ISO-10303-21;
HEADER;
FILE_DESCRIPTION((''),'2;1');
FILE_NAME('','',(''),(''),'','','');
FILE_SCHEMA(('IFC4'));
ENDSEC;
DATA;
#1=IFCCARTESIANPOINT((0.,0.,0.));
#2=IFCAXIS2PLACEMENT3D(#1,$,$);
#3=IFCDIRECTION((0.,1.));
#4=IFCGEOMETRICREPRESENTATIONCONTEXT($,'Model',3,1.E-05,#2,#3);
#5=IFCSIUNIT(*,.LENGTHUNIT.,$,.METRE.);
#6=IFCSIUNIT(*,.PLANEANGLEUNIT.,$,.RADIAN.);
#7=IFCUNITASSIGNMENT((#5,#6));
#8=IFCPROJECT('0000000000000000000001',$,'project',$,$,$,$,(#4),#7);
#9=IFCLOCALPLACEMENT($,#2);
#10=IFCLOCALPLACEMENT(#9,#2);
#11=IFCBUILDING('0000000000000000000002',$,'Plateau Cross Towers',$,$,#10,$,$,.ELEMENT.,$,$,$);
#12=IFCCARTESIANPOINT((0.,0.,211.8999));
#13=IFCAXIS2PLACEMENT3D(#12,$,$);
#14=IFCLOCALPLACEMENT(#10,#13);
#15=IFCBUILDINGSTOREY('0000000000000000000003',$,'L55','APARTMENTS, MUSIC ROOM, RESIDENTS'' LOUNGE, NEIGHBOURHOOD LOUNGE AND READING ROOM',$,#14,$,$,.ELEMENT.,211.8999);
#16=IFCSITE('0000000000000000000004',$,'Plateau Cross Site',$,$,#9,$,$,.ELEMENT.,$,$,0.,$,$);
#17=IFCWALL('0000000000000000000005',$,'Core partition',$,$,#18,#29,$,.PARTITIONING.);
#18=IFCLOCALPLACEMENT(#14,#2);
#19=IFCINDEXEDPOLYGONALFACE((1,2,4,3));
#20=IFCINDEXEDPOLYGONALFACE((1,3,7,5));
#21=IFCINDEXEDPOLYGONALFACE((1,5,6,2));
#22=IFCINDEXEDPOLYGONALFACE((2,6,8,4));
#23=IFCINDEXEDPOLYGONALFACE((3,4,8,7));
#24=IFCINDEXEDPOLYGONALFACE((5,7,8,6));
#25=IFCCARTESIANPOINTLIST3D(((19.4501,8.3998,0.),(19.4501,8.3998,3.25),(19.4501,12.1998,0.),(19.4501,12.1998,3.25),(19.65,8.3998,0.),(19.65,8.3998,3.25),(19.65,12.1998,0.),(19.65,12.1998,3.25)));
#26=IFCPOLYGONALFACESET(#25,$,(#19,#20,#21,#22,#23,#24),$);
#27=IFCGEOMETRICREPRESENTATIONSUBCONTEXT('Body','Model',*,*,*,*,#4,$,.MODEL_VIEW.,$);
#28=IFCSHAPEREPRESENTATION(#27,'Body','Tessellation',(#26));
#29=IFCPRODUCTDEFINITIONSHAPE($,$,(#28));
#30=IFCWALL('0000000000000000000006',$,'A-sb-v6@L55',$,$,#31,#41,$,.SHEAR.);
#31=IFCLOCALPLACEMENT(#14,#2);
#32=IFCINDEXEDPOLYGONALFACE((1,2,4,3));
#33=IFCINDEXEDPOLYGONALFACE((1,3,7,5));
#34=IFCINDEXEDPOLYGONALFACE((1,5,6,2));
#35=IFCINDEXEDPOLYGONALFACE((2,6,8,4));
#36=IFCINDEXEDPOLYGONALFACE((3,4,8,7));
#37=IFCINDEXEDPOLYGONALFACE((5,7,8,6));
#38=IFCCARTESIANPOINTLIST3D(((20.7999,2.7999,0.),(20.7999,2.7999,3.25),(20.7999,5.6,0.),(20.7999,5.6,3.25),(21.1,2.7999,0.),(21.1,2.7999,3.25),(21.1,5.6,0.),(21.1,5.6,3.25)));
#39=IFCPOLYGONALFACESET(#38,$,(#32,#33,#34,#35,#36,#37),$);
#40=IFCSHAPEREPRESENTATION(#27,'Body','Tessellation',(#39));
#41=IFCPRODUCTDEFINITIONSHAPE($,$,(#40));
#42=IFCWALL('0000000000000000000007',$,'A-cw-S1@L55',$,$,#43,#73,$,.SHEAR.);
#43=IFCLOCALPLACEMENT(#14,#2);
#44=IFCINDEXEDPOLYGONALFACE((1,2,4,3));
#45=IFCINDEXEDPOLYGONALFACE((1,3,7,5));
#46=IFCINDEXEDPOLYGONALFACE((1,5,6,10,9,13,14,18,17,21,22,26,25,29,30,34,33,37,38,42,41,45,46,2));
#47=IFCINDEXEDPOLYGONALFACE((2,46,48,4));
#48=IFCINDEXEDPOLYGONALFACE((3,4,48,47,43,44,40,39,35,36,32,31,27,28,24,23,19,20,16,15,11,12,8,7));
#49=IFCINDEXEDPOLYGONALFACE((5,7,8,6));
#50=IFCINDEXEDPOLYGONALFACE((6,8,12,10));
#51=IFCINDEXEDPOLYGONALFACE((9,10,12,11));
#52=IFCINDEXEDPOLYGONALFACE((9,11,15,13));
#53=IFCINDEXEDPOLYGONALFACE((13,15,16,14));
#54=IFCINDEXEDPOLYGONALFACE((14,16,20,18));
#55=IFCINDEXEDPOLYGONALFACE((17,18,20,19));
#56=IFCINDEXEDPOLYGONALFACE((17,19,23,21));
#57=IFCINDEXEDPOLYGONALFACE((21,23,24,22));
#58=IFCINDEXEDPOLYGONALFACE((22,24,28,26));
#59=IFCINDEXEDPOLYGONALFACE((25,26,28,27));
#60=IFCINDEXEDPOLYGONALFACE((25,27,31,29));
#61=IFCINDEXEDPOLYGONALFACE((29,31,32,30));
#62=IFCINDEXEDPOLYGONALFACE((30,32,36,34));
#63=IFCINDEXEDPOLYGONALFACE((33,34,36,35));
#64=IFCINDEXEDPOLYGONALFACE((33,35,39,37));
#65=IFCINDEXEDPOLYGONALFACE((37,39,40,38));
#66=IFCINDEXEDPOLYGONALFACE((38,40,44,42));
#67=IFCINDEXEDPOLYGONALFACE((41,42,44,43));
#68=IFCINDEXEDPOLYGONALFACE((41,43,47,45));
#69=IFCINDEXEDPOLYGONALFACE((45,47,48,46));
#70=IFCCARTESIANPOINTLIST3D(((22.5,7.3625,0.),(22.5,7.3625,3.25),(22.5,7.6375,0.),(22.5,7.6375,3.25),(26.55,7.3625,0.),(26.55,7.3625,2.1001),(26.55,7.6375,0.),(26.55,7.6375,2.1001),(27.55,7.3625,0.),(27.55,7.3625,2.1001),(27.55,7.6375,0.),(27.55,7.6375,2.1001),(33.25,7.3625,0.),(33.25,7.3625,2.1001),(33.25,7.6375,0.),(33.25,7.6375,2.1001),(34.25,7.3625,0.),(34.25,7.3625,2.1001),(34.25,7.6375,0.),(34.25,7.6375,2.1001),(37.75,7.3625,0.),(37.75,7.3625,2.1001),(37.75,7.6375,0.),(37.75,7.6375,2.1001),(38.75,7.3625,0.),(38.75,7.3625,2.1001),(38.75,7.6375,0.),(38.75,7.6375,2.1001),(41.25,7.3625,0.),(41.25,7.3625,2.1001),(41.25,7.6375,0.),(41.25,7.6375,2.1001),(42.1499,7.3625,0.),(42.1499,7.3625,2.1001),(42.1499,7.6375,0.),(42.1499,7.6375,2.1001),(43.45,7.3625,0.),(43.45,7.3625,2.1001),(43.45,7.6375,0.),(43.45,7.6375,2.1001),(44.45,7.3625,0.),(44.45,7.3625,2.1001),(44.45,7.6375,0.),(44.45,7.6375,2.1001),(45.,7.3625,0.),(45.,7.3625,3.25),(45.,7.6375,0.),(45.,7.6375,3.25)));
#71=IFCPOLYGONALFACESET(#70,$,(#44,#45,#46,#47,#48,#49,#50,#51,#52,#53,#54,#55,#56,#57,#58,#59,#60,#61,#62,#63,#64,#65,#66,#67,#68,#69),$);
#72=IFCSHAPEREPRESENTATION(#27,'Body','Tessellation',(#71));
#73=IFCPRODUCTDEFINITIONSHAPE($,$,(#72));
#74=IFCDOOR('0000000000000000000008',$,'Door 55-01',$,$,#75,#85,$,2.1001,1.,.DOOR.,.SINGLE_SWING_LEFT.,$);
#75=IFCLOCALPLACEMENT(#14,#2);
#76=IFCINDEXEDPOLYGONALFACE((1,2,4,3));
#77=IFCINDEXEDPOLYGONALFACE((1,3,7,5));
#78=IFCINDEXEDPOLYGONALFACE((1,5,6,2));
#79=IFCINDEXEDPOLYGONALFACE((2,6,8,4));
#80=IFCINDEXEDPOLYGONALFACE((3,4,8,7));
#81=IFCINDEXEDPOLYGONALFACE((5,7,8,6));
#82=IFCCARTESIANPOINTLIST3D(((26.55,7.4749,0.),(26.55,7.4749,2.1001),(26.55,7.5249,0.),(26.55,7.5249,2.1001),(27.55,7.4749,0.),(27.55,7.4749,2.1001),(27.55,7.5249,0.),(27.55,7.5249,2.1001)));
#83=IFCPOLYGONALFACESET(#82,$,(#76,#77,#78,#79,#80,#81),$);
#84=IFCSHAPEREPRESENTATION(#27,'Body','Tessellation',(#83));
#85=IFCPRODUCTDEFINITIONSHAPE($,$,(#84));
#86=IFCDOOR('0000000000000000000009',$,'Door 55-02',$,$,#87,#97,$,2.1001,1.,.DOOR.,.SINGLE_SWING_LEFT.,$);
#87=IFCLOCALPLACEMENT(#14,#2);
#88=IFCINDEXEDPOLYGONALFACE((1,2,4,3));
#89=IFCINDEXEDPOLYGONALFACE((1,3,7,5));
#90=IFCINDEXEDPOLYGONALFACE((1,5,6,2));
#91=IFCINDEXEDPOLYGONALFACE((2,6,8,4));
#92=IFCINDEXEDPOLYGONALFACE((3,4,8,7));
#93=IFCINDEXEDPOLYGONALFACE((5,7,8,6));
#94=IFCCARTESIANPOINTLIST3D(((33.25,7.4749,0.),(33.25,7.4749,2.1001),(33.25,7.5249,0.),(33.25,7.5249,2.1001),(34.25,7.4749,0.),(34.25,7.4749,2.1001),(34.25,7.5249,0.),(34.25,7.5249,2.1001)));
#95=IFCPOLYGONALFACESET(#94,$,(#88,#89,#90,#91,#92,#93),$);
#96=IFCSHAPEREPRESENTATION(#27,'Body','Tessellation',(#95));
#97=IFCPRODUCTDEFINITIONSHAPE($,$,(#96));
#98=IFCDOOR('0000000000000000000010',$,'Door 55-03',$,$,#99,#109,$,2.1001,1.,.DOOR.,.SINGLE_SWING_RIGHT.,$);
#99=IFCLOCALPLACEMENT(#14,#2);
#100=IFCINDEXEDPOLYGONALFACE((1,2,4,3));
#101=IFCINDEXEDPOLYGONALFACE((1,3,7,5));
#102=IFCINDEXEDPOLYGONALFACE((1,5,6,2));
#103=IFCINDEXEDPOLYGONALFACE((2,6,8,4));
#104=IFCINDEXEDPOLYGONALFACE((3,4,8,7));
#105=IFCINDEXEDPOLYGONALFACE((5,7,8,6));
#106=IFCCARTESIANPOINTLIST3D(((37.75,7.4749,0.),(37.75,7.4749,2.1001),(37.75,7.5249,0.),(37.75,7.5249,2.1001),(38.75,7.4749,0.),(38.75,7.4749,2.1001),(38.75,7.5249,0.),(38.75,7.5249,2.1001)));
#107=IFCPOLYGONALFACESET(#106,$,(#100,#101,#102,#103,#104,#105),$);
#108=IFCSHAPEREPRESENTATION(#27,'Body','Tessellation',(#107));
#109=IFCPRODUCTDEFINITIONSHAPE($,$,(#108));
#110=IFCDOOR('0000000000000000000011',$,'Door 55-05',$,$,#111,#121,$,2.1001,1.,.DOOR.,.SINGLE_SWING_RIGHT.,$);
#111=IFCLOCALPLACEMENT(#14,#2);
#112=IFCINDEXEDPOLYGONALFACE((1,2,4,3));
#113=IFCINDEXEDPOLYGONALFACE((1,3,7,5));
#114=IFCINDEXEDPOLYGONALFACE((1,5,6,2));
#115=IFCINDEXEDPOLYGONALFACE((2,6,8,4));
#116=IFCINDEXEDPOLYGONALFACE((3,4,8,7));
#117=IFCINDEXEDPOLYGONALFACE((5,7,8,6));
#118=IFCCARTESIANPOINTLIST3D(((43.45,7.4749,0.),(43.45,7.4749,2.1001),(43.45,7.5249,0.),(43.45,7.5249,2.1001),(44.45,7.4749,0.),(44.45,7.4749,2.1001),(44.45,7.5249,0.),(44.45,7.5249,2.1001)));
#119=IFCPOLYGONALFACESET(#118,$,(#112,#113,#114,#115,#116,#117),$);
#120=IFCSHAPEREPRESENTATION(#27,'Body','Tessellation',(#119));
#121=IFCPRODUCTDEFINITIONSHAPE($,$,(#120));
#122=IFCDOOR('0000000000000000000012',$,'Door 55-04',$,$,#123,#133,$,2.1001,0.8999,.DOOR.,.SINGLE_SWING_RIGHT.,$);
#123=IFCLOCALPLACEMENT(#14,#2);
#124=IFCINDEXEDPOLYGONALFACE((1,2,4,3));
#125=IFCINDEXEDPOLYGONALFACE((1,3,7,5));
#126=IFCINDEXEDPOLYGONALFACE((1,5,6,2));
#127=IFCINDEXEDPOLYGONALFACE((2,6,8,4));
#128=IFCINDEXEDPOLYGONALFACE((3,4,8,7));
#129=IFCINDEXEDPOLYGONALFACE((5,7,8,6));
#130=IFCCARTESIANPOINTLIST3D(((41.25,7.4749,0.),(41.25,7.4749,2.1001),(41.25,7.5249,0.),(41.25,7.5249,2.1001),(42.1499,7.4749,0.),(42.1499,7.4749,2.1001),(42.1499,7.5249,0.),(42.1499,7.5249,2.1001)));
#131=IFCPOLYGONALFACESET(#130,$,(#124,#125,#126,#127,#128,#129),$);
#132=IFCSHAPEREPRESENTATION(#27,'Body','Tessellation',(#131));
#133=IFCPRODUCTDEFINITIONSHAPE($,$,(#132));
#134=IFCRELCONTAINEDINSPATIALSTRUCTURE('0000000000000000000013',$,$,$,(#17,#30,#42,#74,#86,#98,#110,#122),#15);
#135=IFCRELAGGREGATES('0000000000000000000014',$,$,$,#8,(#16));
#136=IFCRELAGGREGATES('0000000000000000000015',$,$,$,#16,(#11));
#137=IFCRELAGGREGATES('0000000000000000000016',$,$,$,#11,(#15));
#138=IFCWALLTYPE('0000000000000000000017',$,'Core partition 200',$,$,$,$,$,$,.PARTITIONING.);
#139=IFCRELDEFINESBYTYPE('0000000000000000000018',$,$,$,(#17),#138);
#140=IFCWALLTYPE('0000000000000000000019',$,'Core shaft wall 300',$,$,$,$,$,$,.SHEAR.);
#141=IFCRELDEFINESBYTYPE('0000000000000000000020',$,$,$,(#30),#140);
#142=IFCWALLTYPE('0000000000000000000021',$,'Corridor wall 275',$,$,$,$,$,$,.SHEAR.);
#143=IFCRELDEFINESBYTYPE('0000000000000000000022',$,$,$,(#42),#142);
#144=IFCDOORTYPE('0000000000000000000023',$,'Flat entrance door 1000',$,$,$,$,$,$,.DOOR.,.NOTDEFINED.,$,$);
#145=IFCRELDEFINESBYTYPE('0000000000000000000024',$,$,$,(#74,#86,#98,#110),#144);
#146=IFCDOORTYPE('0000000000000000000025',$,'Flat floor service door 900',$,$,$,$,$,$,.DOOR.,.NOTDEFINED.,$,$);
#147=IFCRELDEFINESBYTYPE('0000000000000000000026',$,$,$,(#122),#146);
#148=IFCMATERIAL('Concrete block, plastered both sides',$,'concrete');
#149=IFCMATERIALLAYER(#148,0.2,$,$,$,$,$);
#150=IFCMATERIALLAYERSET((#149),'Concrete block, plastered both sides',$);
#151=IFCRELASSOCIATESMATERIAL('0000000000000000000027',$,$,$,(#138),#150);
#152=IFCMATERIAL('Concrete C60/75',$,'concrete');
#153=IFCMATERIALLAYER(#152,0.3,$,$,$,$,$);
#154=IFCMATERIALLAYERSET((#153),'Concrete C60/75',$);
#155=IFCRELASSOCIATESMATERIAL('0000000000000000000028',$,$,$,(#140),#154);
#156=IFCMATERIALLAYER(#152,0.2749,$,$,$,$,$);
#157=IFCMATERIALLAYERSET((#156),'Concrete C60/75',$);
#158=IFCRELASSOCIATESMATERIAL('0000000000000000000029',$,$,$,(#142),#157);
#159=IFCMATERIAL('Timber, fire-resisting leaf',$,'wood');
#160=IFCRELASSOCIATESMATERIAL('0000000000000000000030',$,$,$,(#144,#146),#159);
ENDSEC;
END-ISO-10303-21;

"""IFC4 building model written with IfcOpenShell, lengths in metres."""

from ifc_helpers import new_model, si_unit, direction, frame, frame_2d, origin, place, context, subcontext, project, spatial, rectangle, extrude, material, layer, layer_set, type_object, element, fill, save


model = new_model("IFC4")

# Units and contexts
model_context = context("Model", 3, precision=1e-05, world=origin(), true_north=direction((0.0, 1.0)))
body_context = subcontext(model_context, "Body", "Model", "MODEL_VIEW")
ifc_project = project(units=[si_unit("LENGTHUNIT", "METRE"), si_unit("PLANEANGLEUNIT", "RADIAN")], contexts=[model_context])

# Site, building, storey
site_placement = place(None, origin())
site = spatial("IfcSite", under=ifc_project, at=site_placement, Name="Plateau Cross Site", CompositionType="ELEMENT", RefElevation=0.0)
building_placement = place(site_placement, origin())
building = spatial("IfcBuilding", under=site, at=building_placement, Name="Plateau Cross Towers", CompositionType="ELEMENT")
storey_placement = place(building_placement, frame((0.0, 0.0, 211.8999)))
storey = spatial("IfcBuildingStorey", under=building, at=storey_placement, Name="L55", Description="APARTMENTS, MUSIC ROOM, RESIDENTS' LOUNGE, NEIGHBOURHOOD LOUNGE AND READING ROOM", CompositionType="ELEMENT", Elevation=211.8999)

# Walls
ifc_material_1 = material(Name="Concrete block, plastered both sides", Category="concrete")
ifc_layer_1 = layer(ifc_material_1, 0.2)
ifc_layer_set_1 = layer_set([ifc_layer_1], Name="Concrete block, plastered both sides")
wall_type_1 = type_object("IfcWallType", Name="Core partition 200", PredefinedType="PARTITIONING", material=ifc_layer_set_1)
wall_1_placement = place(storey_placement, frame((19.55, 8.3999, 0.0), z_axis=(0.0, 0.0, 1.0), x_axis=(0.0, 1.0, 0.0)))
element("IfcWall", 1, at=wall_1_placement, inside=storey, type_object=wall_type_1, Name="Core partition", PredefinedType="PARTITIONING", context=body_context, shape_type="SweptSolid", body=[
    extrude(rectangle(XDim=3.8, YDim=0.2, at=frame_2d((1.8999, 0.0))), origin(), (0.0, 0.0, 1.0), 3.25),
])
ifc_material_2 = material(Name="Concrete C60/75", Category="concrete")
ifc_layer_2 = layer(ifc_material_2, 0.3)
ifc_layer_set_2 = layer_set([ifc_layer_2], Name="Concrete C60/75")
wall_type_2 = type_object("IfcWallType", Name="Core shaft wall 300", PredefinedType="SHEAR", material=ifc_layer_set_2)
wall_2_placement = place(storey_placement, frame((20.95, 2.8, 0.0), z_axis=(0.0, 0.0, 1.0), x_axis=(0.0, 1.0, 0.0)))
element("IfcWall", 2, at=wall_2_placement, inside=storey, type_object=wall_type_2, Name="A-sb-v6@L55", PredefinedType="SHEAR", context=body_context, shape_type="SweptSolid", body=[
    extrude(rectangle(XDim=2.8, YDim=0.3, at=frame_2d((1.3999, 0.0))), origin(), (0.0, 0.0, 1.0), 3.25),
])

# Wall, openings, doors
ifc_layer_3 = layer(ifc_material_2, 0.2749)
ifc_layer_set_3 = layer_set([ifc_layer_3], Name="Concrete C60/75")
wall_type_3 = type_object("IfcWallType", Name="Corridor wall 275", PredefinedType="SHEAR", material=ifc_layer_set_3)
wall_3_placement = place(storey_placement, frame((22.5, 7.5, 0.0), z_axis=(0.0, 0.0, 1.0), x_axis=(1.0, 0.0, 0.0)))
wall_3 = element("IfcWall", 3, at=wall_3_placement, inside=storey, type_object=wall_type_3, Name="A-cw-S1@L55", PredefinedType="SHEAR", context=body_context, shape_type="SweptSolid", body=[
    extrude(rectangle(XDim=22.5, YDim=0.2749, at=frame_2d((11.25, 0.0))), origin(), (0.0, 0.0, 1.0), 3.25),
])
opening_1_placement = place(wall_3_placement, frame((4.05, 0.0, 0.0)))
opening_1 = element("IfcOpeningElement", 4, at=opening_1_placement, cuts=wall_3, PredefinedType="OPENING", context=body_context, shape_type="SweptSolid", body=[
    extrude(rectangle(XDim=1.0, YDim=2.1001, at=frame_2d((0.5, 1.05))), frame((0.0, 0.1475, 0.0), z_axis=(0.0, -1.0, 0.0), x_axis=(1.0, 0.0, 0.0)), (0.0, 0.0, 1.0), 0.2949),
])
opening_2_placement = place(wall_3_placement, frame((10.75, 0.0, 0.0)))
opening_2 = element("IfcOpeningElement", 5, at=opening_2_placement, cuts=wall_3, PredefinedType="OPENING", context=body_context, shape_type="SweptSolid", body=[
    extrude(rectangle(XDim=1.0, YDim=2.1001, at=frame_2d((0.5, 1.05))), frame((0.0, 0.1475, 0.0), z_axis=(0.0, -1.0, 0.0), x_axis=(1.0, 0.0, 0.0)), (0.0, 0.0, 1.0), 0.2949),
])
opening_3_placement = place(wall_3_placement, frame((15.25, 0.0, 0.0)))
opening_3 = element("IfcOpeningElement", 6, at=opening_3_placement, cuts=wall_3, PredefinedType="OPENING", context=body_context, shape_type="SweptSolid", body=[
    extrude(rectangle(XDim=1.0, YDim=2.1001, at=frame_2d((0.5, 1.05))), frame((0.0, 0.1475, 0.0), z_axis=(0.0, -1.0, 0.0), x_axis=(1.0, 0.0, 0.0)), (0.0, 0.0, 1.0), 0.2949),
])
opening_4_placement = place(wall_3_placement, frame((18.75, 0.0, 0.0)))
opening_4 = element("IfcOpeningElement", 7, at=opening_4_placement, cuts=wall_3, PredefinedType="OPENING", context=body_context, shape_type="SweptSolid", body=[
    extrude(rectangle(XDim=0.8999, YDim=2.1001, at=frame_2d((0.45, 1.05))), frame((0.0, 0.1475, 0.0), z_axis=(0.0, -1.0, 0.0), x_axis=(1.0, 0.0, 0.0)), (0.0, 0.0, 1.0), 0.2949),
])
opening_5_placement = place(wall_3_placement, frame((20.95, 0.0, 0.0)))
opening_5 = element("IfcOpeningElement", 8, at=opening_5_placement, cuts=wall_3, PredefinedType="OPENING", context=body_context, shape_type="SweptSolid", body=[
    extrude(rectangle(XDim=1.0, YDim=2.1001, at=frame_2d((0.5, 1.05))), frame((0.0, 0.1475, 0.0), z_axis=(0.0, -1.0, 0.0), x_axis=(1.0, 0.0, 0.0)), (0.0, 0.0, 1.0), 0.2949),
])
ifc_material_3 = material(Name="Timber, fire-resisting leaf", Category="wood")
door_type_1 = type_object("IfcDoorType", Name="Flat entrance door 1000", OperationType="NOTDEFINED", PredefinedType="DOOR", material=ifc_material_3)
door_1_placement = place(opening_1_placement, origin())
door_1 = element("IfcDoor", 9, at=door_1_placement, inside=storey, type_object=door_type_1, Name="Door 55-01", OperationType="SINGLE_SWING_LEFT", OverallHeight=2.1001, OverallWidth=1.0, PredefinedType="DOOR", context=body_context, shape_type="SweptSolid", body=[
    extrude(rectangle(XDim=1.0, YDim=2.1001, at=frame_2d((0.5, 1.05))), frame((0.0, 0.0249, 0.0), z_axis=(0.0, -1.0, 0.0), x_axis=(1.0, 0.0, 0.0)), (0.0, 0.0, 1.0), 0.05),
])
fill(opening_1, door_1)
door_2_placement = place(opening_2_placement, origin())
door_2 = element("IfcDoor", 10, at=door_2_placement, inside=storey, type_object=door_type_1, Name="Door 55-02", OperationType="SINGLE_SWING_LEFT", OverallHeight=2.1001, OverallWidth=1.0, PredefinedType="DOOR", context=body_context, shape_type="SweptSolid", body=[
    extrude(rectangle(XDim=1.0, YDim=2.1001, at=frame_2d((0.5, 1.05))), frame((0.0, 0.0249, 0.0), z_axis=(0.0, -1.0, 0.0), x_axis=(1.0, 0.0, 0.0)), (0.0, 0.0, 1.0), 0.05),
])
fill(opening_2, door_2)
door_3_placement = place(opening_3_placement, origin())
door_3 = element("IfcDoor", 11, at=door_3_placement, inside=storey, type_object=door_type_1, Name="Door 55-03", OperationType="SINGLE_SWING_RIGHT", OverallHeight=2.1001, OverallWidth=1.0, PredefinedType="DOOR", context=body_context, shape_type="SweptSolid", body=[
    extrude(rectangle(XDim=1.0, YDim=2.1001, at=frame_2d((0.5, 1.05))), frame((0.0, 0.0249, 0.0), z_axis=(0.0, -1.0, 0.0), x_axis=(1.0, 0.0, 0.0)), (0.0, 0.0, 1.0), 0.05),
])
fill(opening_3, door_3)
door_4_placement = place(opening_5_placement, origin())
door_4 = element("IfcDoor", 12, at=door_4_placement, inside=storey, type_object=door_type_1, Name="Door 55-05", OperationType="SINGLE_SWING_RIGHT", OverallHeight=2.1001, OverallWidth=1.0, PredefinedType="DOOR", context=body_context, shape_type="SweptSolid", body=[
    extrude(rectangle(XDim=1.0, YDim=2.1001, at=frame_2d((0.5, 1.05))), frame((0.0, 0.0249, 0.0), z_axis=(0.0, -1.0, 0.0), x_axis=(1.0, 0.0, 0.0)), (0.0, 0.0, 1.0), 0.05),
])
fill(opening_5, door_4)
door_type_2 = type_object("IfcDoorType", Name="Flat floor service door 900", OperationType="NOTDEFINED", PredefinedType="DOOR", material=ifc_material_3)
door_5_placement = place(opening_4_placement, origin())
door_5 = element("IfcDoor", 13, at=door_5_placement, inside=storey, type_object=door_type_2, Name="Door 55-04", OperationType="SINGLE_SWING_RIGHT", OverallHeight=2.1001, OverallWidth=0.8999, PredefinedType="DOOR", context=body_context, shape_type="SweptSolid", body=[
    extrude(rectangle(XDim=0.8999, YDim=2.1001, at=frame_2d((0.45, 1.05))), frame((0.0, 0.0249, 0.0), z_axis=(0.0, -1.0, 0.0), x_axis=(1.0, 0.0, 0.0)), (0.0, 0.0, 1.0), 0.05),
])
fill(opening_4, door_5)

save(model, "model.ifc")
